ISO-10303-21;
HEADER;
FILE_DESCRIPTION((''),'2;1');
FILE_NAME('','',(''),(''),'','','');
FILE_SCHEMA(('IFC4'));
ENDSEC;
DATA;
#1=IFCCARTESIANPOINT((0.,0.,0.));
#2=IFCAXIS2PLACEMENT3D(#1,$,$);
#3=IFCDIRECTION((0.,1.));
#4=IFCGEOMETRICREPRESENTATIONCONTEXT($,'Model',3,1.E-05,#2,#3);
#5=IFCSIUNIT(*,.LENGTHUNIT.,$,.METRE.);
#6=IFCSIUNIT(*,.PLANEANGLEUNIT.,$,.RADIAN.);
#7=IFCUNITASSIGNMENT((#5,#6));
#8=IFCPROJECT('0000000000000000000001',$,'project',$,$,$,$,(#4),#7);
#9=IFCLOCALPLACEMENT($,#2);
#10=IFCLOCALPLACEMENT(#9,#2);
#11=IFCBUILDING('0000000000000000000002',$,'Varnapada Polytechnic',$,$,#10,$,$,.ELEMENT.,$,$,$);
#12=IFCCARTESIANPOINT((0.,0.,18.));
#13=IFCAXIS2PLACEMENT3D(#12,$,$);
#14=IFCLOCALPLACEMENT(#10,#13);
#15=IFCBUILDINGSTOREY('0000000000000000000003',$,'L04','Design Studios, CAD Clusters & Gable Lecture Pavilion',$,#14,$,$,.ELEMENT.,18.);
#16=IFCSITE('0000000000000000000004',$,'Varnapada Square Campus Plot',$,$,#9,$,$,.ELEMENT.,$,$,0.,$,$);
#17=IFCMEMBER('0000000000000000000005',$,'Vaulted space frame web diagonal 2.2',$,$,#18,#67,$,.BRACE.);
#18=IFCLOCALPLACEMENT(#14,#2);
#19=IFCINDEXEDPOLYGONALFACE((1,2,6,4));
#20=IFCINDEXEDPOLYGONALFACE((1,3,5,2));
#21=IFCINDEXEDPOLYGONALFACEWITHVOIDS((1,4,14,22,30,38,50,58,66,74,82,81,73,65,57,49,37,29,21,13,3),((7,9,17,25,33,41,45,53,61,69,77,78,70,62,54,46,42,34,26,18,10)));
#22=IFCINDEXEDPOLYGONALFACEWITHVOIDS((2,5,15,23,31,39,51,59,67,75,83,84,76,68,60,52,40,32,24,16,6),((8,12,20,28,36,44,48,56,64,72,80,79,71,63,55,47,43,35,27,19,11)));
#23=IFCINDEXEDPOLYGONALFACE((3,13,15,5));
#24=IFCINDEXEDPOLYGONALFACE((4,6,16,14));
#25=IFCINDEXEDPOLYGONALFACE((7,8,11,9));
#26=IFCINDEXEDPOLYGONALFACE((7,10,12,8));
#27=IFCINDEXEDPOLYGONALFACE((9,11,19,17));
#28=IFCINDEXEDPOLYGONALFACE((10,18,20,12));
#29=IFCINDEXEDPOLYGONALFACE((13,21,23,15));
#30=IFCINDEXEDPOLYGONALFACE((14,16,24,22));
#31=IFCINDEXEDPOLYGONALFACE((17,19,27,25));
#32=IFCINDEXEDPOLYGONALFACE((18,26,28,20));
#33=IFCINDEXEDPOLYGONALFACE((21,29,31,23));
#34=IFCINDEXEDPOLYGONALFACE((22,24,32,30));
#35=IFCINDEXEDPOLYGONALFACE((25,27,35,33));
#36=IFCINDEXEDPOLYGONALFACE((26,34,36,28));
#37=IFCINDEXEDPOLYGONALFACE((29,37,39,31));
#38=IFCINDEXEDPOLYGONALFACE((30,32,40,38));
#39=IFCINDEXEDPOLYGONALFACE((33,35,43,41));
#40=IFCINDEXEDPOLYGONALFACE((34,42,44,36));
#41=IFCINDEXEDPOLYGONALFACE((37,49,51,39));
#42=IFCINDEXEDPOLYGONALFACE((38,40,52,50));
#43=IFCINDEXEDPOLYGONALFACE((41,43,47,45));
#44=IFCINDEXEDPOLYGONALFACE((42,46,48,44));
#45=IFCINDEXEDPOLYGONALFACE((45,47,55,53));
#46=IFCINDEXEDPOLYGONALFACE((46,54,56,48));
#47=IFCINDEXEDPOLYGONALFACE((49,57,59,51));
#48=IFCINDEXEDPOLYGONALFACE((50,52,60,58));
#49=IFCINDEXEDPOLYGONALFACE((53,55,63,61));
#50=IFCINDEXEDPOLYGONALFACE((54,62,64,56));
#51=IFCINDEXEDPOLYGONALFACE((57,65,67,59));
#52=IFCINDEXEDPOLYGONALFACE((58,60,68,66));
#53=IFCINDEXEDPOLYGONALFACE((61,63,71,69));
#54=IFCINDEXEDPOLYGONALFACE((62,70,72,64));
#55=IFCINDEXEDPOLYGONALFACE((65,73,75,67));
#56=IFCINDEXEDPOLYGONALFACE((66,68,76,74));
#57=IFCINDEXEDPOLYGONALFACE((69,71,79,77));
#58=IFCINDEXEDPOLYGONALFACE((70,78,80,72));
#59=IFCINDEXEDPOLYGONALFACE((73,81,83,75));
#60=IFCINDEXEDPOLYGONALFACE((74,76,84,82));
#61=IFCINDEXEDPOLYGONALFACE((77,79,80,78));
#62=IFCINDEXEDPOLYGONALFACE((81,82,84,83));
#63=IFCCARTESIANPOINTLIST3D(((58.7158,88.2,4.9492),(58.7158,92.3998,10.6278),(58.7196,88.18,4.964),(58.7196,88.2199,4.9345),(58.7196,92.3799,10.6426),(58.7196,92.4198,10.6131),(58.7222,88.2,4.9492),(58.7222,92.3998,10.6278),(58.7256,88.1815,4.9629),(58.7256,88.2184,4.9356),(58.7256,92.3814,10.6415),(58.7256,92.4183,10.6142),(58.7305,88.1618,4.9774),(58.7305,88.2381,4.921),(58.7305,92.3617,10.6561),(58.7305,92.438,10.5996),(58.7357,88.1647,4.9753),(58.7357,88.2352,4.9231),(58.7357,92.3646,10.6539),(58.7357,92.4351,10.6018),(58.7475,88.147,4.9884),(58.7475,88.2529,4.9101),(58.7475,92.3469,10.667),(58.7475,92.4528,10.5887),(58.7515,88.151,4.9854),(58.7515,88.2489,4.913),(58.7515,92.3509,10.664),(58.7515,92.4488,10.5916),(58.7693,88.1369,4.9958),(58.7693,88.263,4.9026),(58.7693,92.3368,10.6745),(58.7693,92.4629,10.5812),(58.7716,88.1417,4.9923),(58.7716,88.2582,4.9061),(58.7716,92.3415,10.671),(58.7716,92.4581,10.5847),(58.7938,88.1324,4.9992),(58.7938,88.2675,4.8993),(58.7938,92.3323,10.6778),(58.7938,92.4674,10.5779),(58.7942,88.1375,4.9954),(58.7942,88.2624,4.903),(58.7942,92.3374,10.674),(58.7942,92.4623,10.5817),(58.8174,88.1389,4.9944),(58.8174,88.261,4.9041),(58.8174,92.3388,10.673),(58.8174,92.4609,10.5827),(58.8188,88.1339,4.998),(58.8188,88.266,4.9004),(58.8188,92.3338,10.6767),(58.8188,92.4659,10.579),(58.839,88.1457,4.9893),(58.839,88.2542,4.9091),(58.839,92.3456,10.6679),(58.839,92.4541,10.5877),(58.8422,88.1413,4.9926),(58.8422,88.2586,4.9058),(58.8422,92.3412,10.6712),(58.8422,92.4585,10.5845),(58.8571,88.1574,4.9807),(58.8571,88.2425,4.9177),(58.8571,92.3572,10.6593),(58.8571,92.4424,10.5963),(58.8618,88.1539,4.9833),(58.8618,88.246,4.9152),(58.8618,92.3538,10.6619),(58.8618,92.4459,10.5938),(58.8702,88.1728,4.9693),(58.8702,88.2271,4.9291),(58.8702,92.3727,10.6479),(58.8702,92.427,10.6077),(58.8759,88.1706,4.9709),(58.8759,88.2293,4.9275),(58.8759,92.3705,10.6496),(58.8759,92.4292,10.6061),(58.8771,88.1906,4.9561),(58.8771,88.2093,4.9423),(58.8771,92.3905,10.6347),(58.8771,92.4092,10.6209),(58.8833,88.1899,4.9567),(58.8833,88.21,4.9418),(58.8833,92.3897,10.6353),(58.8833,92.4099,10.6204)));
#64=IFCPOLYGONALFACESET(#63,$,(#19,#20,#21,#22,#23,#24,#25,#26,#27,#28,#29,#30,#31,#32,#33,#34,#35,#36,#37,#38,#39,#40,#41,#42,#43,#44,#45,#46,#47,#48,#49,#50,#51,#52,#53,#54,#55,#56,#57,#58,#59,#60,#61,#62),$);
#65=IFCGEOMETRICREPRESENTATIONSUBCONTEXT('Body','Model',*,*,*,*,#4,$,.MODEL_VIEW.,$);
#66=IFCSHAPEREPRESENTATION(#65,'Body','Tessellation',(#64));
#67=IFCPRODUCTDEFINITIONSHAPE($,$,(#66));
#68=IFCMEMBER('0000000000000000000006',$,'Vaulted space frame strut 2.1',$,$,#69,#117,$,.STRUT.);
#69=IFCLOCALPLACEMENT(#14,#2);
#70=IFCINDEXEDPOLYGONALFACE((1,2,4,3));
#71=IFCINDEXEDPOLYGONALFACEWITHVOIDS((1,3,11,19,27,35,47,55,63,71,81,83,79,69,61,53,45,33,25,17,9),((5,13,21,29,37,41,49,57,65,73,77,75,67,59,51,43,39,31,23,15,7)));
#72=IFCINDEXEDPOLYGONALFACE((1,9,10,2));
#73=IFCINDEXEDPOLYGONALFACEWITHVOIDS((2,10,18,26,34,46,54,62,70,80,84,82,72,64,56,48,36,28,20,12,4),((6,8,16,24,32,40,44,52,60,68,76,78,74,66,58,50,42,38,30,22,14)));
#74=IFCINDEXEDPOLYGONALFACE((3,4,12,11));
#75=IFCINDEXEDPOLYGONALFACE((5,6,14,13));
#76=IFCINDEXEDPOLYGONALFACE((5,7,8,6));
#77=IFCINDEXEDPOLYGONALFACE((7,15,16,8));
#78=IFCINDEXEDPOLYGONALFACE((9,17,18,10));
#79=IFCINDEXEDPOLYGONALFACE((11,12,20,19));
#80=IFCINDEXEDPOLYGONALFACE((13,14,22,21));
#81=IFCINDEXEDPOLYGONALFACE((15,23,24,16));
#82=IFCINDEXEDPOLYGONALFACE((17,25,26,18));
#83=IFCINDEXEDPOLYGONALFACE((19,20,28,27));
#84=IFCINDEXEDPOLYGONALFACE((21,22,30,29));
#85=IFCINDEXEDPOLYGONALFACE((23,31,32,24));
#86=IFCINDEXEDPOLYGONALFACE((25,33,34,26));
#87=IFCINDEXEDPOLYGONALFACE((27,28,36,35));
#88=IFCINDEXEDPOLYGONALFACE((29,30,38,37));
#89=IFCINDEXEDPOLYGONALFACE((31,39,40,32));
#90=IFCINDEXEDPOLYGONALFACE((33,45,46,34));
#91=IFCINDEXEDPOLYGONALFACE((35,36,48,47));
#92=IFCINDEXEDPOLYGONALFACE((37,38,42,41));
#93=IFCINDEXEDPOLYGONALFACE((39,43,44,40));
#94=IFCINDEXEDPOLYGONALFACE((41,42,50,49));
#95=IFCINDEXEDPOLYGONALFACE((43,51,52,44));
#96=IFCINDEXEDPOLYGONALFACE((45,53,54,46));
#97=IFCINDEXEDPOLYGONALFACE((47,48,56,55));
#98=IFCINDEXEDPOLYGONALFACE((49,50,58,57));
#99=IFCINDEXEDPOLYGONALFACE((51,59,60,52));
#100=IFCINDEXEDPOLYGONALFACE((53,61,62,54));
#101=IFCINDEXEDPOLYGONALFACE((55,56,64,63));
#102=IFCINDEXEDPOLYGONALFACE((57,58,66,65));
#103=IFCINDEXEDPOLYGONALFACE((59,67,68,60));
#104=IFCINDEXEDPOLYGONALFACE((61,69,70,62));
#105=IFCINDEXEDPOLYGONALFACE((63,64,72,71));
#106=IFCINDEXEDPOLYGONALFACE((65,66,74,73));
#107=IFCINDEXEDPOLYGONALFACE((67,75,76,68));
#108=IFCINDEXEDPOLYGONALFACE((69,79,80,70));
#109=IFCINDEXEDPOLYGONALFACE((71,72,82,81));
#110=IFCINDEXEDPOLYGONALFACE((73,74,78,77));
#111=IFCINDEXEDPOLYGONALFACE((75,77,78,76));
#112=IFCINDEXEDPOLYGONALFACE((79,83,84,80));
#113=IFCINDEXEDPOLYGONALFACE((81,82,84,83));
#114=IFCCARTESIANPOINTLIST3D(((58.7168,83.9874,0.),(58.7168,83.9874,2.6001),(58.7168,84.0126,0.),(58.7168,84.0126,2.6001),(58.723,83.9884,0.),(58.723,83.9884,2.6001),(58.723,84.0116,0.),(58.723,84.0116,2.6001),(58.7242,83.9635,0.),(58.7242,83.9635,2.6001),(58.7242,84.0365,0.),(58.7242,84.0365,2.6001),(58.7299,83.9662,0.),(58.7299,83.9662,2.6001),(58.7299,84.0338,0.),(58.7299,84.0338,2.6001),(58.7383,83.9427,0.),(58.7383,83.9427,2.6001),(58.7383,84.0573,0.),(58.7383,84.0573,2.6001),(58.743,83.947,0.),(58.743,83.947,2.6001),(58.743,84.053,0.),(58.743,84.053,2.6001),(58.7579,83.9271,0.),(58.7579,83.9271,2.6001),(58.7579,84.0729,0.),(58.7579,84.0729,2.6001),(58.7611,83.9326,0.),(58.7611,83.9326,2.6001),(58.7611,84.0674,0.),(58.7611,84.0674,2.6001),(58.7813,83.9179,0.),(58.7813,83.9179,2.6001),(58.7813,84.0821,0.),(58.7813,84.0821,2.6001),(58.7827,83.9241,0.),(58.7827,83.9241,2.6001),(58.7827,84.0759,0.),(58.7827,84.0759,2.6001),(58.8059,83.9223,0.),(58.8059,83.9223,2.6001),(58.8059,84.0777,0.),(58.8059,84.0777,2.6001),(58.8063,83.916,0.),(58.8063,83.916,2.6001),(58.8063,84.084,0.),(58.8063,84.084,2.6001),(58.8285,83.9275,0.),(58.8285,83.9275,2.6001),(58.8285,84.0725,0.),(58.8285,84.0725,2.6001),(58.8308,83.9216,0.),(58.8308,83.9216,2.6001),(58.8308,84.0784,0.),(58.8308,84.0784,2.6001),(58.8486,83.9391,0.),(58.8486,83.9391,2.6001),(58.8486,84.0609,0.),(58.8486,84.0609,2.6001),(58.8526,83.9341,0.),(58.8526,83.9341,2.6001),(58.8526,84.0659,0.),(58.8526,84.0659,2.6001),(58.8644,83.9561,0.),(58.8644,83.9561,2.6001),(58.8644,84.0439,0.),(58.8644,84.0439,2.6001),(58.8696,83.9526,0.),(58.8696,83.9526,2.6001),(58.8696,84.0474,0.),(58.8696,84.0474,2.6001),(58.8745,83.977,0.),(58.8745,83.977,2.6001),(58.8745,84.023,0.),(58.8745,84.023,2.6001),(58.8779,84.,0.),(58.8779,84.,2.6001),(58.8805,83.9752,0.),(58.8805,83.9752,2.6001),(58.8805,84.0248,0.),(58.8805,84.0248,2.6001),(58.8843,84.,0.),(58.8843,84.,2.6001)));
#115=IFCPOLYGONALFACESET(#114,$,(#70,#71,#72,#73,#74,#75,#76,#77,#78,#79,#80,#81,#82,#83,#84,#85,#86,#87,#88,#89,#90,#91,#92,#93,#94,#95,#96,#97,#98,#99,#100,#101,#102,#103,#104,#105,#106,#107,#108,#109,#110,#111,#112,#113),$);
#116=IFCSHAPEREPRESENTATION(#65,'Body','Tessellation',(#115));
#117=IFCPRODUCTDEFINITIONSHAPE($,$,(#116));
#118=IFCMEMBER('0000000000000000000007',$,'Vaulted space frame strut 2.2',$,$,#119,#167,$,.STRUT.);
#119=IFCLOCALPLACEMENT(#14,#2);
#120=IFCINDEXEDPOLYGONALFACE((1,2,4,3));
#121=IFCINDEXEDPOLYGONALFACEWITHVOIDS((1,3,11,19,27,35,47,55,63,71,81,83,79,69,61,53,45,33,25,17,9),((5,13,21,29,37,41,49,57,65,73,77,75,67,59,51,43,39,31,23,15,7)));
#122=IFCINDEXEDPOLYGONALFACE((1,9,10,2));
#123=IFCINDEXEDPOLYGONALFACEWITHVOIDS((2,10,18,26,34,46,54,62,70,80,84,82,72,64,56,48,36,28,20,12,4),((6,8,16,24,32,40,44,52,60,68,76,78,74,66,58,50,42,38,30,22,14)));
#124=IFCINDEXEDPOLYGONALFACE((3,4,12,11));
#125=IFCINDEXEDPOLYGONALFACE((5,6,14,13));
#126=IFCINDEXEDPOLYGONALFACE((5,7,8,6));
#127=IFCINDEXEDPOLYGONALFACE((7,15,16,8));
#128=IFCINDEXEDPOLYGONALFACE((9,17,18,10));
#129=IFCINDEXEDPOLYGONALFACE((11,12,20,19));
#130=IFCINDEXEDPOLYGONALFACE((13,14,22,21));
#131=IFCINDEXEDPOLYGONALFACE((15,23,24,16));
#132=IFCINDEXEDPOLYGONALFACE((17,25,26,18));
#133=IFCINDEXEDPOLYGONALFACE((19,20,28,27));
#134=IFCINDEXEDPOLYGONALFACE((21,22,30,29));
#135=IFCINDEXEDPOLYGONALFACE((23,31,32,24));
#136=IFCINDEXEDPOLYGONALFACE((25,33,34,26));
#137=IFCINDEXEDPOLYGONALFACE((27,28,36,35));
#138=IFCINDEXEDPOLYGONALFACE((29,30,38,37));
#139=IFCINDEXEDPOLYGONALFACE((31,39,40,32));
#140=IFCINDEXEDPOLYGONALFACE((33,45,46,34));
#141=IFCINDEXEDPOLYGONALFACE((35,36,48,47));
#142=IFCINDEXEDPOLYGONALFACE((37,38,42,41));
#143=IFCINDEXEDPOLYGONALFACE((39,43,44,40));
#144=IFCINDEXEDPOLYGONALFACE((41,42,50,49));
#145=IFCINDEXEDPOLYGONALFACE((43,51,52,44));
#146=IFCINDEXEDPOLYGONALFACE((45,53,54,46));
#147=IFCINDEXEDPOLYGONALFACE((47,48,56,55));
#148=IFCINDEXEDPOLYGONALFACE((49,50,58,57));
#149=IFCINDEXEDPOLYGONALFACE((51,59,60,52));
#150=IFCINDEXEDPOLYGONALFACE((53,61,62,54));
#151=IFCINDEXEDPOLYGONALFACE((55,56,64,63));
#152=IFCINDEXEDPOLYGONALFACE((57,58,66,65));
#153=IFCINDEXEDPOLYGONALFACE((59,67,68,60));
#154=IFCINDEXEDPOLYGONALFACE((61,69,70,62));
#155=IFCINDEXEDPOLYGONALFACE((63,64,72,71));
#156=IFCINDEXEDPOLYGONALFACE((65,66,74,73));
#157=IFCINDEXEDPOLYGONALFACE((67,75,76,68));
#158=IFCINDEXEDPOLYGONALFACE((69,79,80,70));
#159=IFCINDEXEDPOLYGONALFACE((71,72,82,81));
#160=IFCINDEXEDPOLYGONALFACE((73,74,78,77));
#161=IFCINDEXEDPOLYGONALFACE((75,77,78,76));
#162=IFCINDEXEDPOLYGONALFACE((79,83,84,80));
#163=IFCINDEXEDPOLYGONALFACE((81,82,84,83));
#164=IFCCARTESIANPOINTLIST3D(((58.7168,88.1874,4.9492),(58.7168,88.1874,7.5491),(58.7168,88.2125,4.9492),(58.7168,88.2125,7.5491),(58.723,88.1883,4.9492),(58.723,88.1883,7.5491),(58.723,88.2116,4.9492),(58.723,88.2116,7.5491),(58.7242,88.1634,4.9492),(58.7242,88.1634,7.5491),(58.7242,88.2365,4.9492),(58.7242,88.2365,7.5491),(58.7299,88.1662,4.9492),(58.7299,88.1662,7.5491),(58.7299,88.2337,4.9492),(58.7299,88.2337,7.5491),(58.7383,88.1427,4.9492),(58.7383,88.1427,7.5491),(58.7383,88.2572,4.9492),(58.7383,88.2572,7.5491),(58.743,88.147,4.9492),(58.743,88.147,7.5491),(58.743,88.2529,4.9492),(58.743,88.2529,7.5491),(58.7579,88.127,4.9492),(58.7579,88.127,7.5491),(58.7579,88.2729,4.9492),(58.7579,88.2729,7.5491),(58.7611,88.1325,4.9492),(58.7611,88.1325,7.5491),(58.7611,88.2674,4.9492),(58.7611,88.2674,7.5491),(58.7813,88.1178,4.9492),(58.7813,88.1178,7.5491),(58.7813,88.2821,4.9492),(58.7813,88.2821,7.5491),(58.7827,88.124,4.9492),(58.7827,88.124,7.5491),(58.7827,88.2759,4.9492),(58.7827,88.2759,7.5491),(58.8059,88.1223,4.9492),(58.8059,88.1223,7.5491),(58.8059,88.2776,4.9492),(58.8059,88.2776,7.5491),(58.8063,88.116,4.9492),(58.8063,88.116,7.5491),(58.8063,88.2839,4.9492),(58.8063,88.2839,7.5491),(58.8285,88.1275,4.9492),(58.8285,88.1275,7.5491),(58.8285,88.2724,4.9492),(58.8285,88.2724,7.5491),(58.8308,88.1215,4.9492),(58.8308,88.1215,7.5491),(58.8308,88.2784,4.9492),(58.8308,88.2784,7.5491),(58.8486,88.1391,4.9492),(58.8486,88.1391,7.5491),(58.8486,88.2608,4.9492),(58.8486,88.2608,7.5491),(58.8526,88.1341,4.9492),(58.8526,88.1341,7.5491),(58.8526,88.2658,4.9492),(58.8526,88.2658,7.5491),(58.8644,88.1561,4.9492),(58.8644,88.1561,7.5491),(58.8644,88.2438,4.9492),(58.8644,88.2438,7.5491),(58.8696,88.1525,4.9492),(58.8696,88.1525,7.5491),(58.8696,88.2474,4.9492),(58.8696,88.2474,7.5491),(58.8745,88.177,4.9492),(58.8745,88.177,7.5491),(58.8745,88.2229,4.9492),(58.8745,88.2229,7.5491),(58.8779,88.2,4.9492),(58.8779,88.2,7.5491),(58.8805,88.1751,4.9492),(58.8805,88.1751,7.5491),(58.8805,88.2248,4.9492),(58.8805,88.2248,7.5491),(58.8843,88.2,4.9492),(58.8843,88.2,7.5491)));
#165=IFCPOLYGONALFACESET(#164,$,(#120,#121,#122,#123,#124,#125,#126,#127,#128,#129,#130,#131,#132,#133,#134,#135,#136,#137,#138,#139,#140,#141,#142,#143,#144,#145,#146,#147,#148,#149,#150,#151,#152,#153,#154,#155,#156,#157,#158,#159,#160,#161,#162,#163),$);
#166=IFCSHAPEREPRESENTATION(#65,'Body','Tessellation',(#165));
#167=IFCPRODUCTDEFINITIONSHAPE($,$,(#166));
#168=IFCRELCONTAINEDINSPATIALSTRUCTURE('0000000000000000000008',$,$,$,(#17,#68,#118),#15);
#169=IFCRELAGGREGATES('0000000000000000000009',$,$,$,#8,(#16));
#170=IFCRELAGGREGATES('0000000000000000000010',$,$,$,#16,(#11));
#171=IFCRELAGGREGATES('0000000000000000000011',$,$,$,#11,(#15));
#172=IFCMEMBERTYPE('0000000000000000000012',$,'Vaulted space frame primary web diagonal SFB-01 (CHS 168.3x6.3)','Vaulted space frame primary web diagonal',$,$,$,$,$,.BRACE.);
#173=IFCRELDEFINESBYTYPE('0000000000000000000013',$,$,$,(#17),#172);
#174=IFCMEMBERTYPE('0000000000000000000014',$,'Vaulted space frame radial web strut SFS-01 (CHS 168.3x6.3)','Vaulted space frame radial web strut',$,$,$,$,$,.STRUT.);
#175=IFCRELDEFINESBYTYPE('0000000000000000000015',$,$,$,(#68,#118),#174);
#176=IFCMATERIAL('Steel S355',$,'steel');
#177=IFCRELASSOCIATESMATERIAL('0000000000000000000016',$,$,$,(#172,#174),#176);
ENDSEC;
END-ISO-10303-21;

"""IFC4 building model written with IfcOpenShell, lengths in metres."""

from ifc_helpers import new_model, si_unit, direction, frame, origin, origin_2d, place, context, subcontext, project, spatial, hollow_circle, extrude, material, material_profile, profile_set, type_object, element, save


model = new_model("IFC4")

# Units and contexts
model_context = context("Model", 3, precision=1e-05, world=origin(), true_north=direction((0.0, 1.0)))
body_context = subcontext(model_context, "Body", "Model", "MODEL_VIEW")
ifc_project = project(units=[si_unit("LENGTHUNIT", "METRE"), si_unit("PLANEANGLEUNIT", "RADIAN")], contexts=[model_context])

# Site, building, storey
site_placement = place(None, origin())
site = spatial("IfcSite", under=ifc_project, at=site_placement, Name="Varnapada Square Campus Plot", CompositionType="ELEMENT", RefElevation=0.0)
building_placement = place(site_placement, origin())
building = spatial("IfcBuilding", under=site, at=building_placement, Name="Varnapada Polytechnic", CompositionType="ELEMENT")
storey_placement = place(building_placement, frame((0.0, 0.0, 18.0)))
storey = spatial("IfcBuildingStorey", under=building, at=storey_placement, Name="L04", Description="Design Studios, CAD Clusters & Gable Lecture Pavilion", CompositionType="ELEMENT", Elevation=18.0)

# Shared definitions
ifc_material = material(Name="Steel S355", Category="steel")

# Members
ifc_material_profile_1 = material_profile(ifc_material, hollow_circle(Radius=0.0842, WallThickness=0.0063, at=origin_2d()), Name="CHS 168.3x6.3")
ifc_profile_set_1 = profile_set([ifc_material_profile_1], Name="Steel S355")
member_type_1 = type_object("IfcMemberType", Name="Vaulted space frame primary web diagonal SFB-01 (CHS 168.3x6.3)", Description="Vaulted space frame primary web diagonal", PredefinedType="BRACE", material=ifc_profile_set_1)
member_1_placement = place(storey_placement, frame((58.8, 88.2, 4.9492), z_axis=(0.0, 0.594633, 0.803997), x_axis=(-1.0, 0.0, 0.0)))
element("IfcMember", 1, at=member_1_placement, inside=storey, type_object=member_type_1, Name="Vaulted space frame web diagonal 2.2", PredefinedType="BRACE", context=body_context, shape_type="SweptSolid", body=[
    extrude(hollow_circle(Radius=0.0842, WallThickness=0.0063, at=origin_2d()), origin(), (0.0, 0.0, 1.0), 7.063),
])
ifc_material_profile_2 = material_profile(ifc_material, hollow_circle(Radius=0.0842, WallThickness=0.0063, at=origin_2d()), Name="CHS 168.3x6.3")
ifc_profile_set_2 = profile_set([ifc_material_profile_2], Name="Steel S355")
member_type_2 = type_object("IfcMemberType", Name="Vaulted space frame radial web strut SFS-01 (CHS 168.3x6.3)", Description="Vaulted space frame radial web strut", PredefinedType="STRUT", material=ifc_profile_set_2)
member_2_placement = place(storey_placement, frame((58.8, 84.0, 0.0), z_axis=(0.0, 0.0, 1.0), x_axis=(1.0, 0.0, 0.0)))
element("IfcMember", 2, at=member_2_placement, inside=storey, type_object=member_type_2, Name="Vaulted space frame strut 2.1", PredefinedType="STRUT", context=body_context, shape_type="SweptSolid", body=[
    extrude(hollow_circle(Radius=0.0842, WallThickness=0.0063, at=origin_2d()), origin(), (0.0, 0.0, 1.0), 2.6001),
])
member_3_placement = place(storey_placement, frame((58.8, 88.2, 4.9492), z_axis=(0.0, 0.0, 1.0), x_axis=(1.0, 0.0, 0.0)))
element("IfcMember", 3, at=member_3_placement, inside=storey, type_object=member_type_2, Name="Vaulted space frame strut 2.2", PredefinedType="STRUT", context=body_context, shape_type="SweptSolid", body=[
    extrude(hollow_circle(Radius=0.0842, WallThickness=0.0063, at=origin_2d()), origin(), (0.0, 0.0, 1.0), 2.5999),
])

save(model, "model.ifc")
